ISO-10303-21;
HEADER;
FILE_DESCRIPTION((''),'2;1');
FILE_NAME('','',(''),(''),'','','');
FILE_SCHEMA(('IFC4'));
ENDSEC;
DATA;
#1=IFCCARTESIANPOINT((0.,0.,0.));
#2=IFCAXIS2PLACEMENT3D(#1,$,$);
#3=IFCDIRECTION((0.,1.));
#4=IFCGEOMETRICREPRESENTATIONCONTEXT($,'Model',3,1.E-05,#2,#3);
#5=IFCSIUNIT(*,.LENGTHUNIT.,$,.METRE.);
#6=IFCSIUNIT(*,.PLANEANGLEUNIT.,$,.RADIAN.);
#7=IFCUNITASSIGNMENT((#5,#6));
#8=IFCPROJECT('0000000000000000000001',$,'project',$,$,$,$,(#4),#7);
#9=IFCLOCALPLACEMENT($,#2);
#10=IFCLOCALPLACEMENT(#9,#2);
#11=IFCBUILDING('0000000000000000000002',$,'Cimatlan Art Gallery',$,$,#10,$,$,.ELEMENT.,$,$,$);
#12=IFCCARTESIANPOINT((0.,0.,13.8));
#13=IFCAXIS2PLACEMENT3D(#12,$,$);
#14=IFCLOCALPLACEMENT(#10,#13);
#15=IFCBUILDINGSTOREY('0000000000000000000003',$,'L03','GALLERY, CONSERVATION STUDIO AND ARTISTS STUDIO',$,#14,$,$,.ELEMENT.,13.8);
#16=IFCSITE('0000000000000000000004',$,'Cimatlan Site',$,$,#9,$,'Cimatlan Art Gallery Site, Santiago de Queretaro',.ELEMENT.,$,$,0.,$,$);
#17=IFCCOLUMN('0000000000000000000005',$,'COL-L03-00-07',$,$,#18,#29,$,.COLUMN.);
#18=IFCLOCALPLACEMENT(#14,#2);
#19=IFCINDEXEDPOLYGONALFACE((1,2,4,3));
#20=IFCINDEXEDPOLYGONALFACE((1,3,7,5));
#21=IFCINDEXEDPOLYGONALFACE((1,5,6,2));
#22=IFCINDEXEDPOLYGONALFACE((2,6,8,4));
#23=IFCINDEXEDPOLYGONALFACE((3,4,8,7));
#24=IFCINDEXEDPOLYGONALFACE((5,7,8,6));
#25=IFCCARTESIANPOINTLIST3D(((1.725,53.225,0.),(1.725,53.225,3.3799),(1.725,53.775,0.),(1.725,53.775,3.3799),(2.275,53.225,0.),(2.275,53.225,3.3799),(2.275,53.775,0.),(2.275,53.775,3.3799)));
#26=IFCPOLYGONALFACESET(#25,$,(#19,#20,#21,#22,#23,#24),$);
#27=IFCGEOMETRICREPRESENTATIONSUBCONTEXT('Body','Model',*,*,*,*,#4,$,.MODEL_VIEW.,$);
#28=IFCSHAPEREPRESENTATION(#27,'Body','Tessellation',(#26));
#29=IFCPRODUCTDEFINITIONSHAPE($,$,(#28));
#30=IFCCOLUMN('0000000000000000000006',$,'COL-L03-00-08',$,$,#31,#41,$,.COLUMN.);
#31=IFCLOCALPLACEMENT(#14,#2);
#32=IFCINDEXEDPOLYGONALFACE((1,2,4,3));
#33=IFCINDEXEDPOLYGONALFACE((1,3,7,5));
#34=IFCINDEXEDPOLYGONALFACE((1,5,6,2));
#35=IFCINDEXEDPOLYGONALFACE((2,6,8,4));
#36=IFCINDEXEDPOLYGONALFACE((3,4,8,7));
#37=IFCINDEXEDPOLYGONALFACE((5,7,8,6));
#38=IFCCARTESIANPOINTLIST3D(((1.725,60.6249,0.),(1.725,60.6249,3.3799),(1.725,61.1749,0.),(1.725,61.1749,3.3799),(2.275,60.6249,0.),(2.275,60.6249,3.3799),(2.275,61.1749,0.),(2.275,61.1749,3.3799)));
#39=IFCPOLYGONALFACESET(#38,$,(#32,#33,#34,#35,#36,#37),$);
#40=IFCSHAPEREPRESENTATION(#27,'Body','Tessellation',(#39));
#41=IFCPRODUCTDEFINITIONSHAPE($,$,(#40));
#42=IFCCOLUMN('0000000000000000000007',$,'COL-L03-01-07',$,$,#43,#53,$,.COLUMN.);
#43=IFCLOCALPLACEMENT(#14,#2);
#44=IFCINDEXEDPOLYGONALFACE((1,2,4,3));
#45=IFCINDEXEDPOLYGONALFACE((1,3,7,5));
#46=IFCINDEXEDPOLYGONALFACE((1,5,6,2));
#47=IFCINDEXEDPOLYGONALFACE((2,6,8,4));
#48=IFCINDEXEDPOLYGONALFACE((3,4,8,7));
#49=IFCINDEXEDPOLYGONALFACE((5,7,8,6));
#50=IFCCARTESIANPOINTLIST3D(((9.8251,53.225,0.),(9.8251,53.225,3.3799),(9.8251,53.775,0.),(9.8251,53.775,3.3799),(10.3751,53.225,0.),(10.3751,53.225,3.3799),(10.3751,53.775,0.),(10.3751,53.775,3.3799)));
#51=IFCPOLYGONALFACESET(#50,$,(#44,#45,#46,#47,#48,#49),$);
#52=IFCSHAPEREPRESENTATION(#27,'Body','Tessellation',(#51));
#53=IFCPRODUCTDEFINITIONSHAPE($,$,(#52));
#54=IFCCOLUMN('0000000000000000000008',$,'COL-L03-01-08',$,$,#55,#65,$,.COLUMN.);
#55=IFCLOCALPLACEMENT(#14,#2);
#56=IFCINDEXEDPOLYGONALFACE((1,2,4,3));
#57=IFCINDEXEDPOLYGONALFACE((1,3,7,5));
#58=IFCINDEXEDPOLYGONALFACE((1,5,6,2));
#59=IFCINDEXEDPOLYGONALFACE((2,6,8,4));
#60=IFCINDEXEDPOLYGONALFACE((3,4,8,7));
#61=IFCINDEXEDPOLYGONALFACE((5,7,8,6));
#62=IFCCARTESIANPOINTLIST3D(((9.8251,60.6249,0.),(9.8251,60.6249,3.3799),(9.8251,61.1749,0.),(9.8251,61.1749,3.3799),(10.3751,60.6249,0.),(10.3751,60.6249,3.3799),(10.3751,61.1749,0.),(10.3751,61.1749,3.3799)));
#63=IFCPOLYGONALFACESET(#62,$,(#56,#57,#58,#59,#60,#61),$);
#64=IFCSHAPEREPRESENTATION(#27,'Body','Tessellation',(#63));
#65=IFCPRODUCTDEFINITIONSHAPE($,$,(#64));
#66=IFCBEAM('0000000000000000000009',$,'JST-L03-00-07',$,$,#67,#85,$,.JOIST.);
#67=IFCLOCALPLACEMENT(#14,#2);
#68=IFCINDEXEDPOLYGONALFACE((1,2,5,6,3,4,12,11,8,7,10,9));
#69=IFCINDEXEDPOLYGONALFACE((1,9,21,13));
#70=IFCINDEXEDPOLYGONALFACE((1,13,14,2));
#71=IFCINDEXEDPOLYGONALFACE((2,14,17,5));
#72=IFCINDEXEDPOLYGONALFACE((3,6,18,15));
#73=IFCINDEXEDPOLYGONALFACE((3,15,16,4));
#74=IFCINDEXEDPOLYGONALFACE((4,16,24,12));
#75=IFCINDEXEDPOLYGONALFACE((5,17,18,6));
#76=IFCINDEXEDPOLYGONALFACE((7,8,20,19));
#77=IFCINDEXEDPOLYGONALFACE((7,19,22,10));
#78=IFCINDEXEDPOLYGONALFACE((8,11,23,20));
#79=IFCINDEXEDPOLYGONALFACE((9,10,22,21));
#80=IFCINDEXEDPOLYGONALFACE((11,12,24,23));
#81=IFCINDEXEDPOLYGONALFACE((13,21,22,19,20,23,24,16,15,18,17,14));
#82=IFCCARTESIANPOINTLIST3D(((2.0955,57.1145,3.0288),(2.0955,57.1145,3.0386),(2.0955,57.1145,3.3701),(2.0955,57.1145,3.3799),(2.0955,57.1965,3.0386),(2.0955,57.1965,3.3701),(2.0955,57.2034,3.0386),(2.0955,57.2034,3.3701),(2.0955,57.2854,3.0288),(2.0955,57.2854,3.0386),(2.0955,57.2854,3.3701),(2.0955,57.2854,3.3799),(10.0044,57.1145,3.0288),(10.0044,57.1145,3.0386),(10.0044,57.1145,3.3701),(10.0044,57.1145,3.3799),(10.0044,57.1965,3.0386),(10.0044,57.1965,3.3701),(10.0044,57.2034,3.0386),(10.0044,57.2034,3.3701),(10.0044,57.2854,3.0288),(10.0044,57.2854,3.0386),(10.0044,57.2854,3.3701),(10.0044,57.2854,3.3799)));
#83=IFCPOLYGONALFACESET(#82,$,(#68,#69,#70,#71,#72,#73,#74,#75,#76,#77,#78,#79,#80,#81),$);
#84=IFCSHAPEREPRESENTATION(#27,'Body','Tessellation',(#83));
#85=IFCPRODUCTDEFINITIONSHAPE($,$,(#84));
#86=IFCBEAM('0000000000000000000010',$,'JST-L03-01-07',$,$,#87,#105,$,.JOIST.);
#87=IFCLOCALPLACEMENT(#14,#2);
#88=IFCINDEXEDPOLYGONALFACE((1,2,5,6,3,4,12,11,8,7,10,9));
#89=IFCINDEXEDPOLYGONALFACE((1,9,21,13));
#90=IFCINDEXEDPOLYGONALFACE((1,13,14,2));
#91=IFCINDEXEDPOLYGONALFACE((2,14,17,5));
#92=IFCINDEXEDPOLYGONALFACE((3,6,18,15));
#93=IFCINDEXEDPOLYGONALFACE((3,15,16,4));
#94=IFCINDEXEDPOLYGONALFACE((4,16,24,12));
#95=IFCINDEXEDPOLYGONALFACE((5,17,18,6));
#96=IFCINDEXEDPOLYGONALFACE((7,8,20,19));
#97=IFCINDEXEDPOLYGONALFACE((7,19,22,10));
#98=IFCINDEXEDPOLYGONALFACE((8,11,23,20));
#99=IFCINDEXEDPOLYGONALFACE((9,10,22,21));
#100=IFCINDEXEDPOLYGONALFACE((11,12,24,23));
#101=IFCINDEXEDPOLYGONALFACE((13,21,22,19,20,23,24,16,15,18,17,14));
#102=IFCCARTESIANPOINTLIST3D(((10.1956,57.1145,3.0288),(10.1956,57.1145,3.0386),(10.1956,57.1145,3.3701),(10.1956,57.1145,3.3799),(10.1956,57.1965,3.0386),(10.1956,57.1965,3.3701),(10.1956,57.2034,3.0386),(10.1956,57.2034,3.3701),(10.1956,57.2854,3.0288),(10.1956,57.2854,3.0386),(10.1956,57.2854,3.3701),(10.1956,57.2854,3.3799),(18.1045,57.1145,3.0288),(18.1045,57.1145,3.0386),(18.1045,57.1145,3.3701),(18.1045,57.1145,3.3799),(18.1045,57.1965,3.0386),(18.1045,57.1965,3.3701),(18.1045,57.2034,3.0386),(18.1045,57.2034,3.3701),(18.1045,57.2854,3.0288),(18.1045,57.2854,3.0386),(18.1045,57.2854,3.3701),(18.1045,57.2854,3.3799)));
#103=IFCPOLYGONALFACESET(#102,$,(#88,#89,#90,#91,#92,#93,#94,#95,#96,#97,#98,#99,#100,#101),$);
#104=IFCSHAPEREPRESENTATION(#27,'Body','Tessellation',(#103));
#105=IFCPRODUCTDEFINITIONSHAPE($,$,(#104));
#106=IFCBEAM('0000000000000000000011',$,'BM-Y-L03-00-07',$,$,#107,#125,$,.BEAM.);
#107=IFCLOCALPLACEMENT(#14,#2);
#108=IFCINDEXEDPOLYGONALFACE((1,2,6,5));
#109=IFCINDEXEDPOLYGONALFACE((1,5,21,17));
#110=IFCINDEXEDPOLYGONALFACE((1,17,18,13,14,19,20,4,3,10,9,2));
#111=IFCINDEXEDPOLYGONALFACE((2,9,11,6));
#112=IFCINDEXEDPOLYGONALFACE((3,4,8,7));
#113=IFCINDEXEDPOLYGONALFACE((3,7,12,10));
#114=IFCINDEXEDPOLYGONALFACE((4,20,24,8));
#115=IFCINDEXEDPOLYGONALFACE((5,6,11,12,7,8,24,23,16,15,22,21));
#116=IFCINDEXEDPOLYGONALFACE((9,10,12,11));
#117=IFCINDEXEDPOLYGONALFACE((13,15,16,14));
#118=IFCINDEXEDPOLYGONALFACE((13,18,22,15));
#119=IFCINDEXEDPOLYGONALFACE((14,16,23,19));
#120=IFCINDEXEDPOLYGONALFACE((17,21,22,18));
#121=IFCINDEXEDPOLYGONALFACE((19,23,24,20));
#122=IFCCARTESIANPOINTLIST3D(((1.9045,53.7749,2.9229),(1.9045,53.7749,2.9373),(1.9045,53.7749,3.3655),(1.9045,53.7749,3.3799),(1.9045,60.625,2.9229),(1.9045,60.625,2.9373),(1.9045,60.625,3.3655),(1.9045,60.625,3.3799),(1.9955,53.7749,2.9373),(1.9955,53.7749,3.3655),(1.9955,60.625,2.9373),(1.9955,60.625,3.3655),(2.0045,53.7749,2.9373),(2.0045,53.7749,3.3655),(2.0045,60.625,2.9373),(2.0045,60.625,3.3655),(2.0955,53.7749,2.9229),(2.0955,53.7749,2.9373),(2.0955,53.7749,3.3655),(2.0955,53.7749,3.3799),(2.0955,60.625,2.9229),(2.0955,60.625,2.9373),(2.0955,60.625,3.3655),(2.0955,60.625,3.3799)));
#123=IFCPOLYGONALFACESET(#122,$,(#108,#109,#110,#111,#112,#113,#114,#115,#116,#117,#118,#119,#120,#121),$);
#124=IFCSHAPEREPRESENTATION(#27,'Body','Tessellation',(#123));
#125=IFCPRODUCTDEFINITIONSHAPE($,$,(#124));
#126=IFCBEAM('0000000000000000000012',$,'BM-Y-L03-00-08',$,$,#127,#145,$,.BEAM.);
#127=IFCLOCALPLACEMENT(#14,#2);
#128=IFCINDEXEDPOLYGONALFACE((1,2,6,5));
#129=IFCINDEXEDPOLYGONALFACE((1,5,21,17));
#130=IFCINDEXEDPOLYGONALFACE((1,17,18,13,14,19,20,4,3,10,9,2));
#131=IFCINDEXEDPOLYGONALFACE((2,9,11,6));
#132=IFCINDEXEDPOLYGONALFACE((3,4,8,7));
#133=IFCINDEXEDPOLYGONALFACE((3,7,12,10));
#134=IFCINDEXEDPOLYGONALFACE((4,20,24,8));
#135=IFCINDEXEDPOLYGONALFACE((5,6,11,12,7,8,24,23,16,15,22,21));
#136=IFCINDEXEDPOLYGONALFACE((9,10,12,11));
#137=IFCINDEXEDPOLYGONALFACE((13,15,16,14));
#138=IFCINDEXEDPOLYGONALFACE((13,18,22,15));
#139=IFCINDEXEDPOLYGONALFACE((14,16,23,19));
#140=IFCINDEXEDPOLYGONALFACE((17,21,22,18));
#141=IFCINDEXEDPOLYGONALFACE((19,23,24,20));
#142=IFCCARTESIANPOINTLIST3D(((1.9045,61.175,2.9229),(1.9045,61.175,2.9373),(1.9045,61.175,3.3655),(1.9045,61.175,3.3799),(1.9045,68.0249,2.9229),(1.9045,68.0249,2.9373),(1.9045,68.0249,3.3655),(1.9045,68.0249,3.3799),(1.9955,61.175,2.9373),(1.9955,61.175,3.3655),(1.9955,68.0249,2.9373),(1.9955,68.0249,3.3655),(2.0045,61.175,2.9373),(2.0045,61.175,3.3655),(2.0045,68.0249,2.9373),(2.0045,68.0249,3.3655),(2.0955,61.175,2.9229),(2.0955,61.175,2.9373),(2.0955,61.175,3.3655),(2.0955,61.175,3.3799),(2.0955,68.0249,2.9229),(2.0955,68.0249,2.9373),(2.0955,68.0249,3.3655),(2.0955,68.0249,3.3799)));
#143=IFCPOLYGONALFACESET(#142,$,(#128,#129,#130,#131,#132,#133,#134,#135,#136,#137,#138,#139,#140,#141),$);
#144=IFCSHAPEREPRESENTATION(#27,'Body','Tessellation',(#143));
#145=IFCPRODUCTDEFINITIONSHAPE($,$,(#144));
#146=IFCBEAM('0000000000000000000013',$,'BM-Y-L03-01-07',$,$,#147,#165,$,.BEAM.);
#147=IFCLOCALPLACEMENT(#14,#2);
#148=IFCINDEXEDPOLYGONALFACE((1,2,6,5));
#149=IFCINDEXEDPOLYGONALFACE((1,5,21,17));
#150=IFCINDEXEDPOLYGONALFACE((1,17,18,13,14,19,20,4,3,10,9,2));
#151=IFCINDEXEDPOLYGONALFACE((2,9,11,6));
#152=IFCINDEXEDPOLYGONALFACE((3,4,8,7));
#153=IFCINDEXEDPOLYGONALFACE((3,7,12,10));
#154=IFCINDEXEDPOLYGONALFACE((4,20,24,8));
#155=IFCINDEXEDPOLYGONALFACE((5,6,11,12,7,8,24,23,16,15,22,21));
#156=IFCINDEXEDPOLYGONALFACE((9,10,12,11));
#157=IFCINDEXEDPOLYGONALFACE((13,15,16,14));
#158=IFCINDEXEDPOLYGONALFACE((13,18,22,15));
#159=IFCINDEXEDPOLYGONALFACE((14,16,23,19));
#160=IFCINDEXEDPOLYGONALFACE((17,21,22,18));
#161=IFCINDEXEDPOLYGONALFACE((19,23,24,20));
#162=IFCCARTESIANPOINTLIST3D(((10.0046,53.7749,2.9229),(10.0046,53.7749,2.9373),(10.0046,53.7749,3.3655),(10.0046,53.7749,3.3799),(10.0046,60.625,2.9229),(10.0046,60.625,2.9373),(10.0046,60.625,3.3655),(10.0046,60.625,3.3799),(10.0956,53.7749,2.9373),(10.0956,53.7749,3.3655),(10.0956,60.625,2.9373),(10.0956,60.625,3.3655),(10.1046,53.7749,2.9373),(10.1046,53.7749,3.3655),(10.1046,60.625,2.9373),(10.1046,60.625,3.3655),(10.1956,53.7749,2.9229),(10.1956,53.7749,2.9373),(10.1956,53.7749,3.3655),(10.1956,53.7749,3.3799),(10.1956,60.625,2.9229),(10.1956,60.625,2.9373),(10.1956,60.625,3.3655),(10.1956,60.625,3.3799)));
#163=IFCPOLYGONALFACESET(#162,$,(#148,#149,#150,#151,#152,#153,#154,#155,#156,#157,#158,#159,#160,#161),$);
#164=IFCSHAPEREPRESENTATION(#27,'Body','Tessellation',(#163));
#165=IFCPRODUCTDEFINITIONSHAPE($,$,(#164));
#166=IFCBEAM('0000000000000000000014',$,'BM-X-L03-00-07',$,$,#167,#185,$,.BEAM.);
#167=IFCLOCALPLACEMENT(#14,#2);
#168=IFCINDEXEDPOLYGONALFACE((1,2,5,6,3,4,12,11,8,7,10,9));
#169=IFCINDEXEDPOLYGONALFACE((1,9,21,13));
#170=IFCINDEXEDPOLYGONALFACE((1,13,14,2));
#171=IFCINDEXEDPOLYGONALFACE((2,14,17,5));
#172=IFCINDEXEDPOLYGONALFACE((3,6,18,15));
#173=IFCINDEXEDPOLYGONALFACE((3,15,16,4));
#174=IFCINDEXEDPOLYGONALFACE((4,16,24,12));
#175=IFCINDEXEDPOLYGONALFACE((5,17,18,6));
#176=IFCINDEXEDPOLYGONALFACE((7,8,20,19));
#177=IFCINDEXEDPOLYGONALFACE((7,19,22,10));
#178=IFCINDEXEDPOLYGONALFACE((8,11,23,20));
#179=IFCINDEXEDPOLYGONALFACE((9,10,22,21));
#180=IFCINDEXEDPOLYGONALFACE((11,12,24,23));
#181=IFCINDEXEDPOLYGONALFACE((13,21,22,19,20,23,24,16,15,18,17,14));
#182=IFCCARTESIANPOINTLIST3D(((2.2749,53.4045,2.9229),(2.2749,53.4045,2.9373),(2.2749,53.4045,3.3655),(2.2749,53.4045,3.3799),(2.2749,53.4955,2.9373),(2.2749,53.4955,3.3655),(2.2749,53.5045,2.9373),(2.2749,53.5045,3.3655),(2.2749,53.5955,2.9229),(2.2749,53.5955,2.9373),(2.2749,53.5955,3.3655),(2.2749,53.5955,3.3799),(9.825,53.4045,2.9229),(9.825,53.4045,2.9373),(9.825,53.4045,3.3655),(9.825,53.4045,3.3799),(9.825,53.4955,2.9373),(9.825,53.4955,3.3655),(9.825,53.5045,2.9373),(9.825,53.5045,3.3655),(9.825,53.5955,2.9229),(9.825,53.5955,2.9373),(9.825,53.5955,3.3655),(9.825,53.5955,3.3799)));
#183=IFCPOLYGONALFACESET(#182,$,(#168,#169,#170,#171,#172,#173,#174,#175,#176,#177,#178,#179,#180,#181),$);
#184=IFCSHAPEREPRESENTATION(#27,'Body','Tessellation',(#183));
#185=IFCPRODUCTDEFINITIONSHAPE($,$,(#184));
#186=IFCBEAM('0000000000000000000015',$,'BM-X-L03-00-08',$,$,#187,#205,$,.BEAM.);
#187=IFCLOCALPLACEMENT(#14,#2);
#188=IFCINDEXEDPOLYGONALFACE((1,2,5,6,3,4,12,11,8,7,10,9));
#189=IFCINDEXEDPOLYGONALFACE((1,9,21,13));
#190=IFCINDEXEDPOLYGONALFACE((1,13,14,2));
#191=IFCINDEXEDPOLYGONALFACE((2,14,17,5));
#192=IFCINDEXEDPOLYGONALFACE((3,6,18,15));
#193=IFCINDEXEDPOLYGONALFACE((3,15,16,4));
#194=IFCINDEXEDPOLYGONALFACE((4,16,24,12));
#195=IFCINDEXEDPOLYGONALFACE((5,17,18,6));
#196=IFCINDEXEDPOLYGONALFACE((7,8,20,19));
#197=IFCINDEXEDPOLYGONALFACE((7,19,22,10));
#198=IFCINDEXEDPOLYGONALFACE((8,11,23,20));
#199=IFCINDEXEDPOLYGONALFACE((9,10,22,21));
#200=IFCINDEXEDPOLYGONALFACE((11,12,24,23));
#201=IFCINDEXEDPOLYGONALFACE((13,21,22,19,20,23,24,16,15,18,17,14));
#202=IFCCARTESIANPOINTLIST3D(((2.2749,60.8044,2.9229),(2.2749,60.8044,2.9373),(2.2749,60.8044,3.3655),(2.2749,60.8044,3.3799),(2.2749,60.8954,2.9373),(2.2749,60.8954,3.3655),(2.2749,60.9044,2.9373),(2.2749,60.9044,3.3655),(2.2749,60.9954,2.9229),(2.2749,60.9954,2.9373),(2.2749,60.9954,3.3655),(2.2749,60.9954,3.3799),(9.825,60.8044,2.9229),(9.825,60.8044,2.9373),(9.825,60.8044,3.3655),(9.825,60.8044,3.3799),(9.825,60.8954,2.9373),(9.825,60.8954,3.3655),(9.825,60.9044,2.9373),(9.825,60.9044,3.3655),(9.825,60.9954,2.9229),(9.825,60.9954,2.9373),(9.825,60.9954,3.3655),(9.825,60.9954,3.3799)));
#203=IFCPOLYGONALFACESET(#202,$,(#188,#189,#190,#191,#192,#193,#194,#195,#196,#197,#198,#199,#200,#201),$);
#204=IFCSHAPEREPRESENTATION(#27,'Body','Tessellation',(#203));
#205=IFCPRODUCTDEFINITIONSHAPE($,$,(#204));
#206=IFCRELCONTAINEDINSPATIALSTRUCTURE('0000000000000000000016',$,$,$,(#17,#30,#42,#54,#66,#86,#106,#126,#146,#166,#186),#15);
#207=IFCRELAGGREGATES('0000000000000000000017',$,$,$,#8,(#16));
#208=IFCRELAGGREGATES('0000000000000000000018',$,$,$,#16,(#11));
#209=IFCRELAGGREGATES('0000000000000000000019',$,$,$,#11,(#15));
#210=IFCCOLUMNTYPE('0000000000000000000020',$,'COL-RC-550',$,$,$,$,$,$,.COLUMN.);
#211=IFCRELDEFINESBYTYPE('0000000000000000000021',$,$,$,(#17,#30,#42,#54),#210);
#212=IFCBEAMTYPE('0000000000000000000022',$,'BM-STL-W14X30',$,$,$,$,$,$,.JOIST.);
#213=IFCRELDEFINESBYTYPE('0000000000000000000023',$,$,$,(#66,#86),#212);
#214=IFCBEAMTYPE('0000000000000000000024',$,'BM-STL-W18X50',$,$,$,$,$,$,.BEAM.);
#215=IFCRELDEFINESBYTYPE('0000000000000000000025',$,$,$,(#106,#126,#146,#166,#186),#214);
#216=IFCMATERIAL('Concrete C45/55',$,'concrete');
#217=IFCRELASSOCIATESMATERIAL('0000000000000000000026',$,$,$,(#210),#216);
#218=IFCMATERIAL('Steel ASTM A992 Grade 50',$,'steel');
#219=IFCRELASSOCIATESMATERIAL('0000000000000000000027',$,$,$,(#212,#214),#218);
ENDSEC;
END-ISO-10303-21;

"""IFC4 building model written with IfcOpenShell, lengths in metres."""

from ifc_helpers import new_model, si_unit, direction, frame, origin, origin_2d, place, context, subcontext, project, spatial, rectangle, i_section, extrude, material, material_profile, profile_set, type_object, element, save


model = new_model("IFC4")

# Units and contexts
model_context = context("Model", 3, precision=1e-05, world=origin(), true_north=direction((0.0, 1.0)))
body_context = subcontext(model_context, "Body", "Model", "MODEL_VIEW")
ifc_project = project(units=[si_unit("LENGTHUNIT", "METRE"), si_unit("PLANEANGLEUNIT", "RADIAN")], contexts=[model_context])

# Site, building, storey
site_placement = place(None, origin())
site = spatial("IfcSite", under=ifc_project, at=site_placement, Name="Cimatlan Site", LongName="Cimatlan Art Gallery Site, Santiago de Queretaro", CompositionType="ELEMENT", RefElevation=0.0)
building_placement = place(site_placement, origin())
building = spatial("IfcBuilding", under=site, at=building_placement, Name="Cimatlan Art Gallery", CompositionType="ELEMENT")
storey_placement = place(building_placement, frame((0.0, 0.0, 13.8)))
storey = spatial("IfcBuildingStorey", under=building, at=storey_placement, Name="L03", Description="GALLERY, CONSERVATION STUDIO AND ARTISTS STUDIO", CompositionType="ELEMENT", Elevation=13.8)

# Columns
ifc_material_1 = material(Name="Concrete C45/55", Category="concrete")
ifc_material_profile_1 = material_profile(ifc_material_1, rectangle(XDim=0.55, YDim=0.55, at=origin_2d()), Name="RC550X550")
ifc_profile_set_1 = profile_set([ifc_material_profile_1], Name="Concrete C45/55")
column_type = type_object("IfcColumnType", Name="COL-RC-550", PredefinedType="COLUMN", material=ifc_profile_set_1)
for number, where, z_axis, x_axis, name in (
    (1, (2.0, 53.5, 0.0), (0.0, 0.0, 1.0), (1.0, 0.0, 0.0), "COL-L03-00-07"),
    (2, (2.0, 60.8999, 0.0), (0.0, 0.0, 1.0), (1.0, 0.0, 0.0), "COL-L03-00-08"),
    (3, (10.1001, 53.5, 0.0), (0.0, 0.0, 1.0), (1.0, 0.0, 0.0), "COL-L03-01-07"),
    (4, (10.1001, 60.8999, 0.0), (0.0, 0.0, 1.0), (1.0, 0.0, 0.0), "COL-L03-01-08"),
):
    element("IfcColumn", number, at=place(storey_placement, frame(where, z_axis=z_axis, x_axis=x_axis)), inside=storey, type_object=column_type, Name=name, PredefinedType="COLUMN", context=body_context, shape_type="SweptSolid", body=[
        extrude(rectangle(XDim=0.55, YDim=0.55, at=origin_2d()), origin(), (0.0, 0.0, 1.0), 3.3799),
    ])

# Beams
ifc_material_2 = material(Name="Steel ASTM A992 Grade 50", Category="steel")
ifc_material_profile_2 = material_profile(ifc_material_2, i_section(OverallWidth=0.1709, OverallDepth=0.3511, WebThickness=0.0068, FlangeThickness=0.0098, at=origin_2d()), Name="W14X30")
ifc_profile_set_2 = profile_set([ifc_material_profile_2], Name="Steel ASTM A992 Grade 50")
beam_type_1 = type_object("IfcBeamType", Name="BM-STL-W14X30", PredefinedType="JOIST", material=ifc_profile_set_2)
for number, where, z_axis, x_axis, name in (
    (5, (2.0955, 57.2, 3.2043), (1.0, 0.0, 0.0), (0.0, 1.0, 0.0), "JST-L03-00-07"),
    (6, (10.1956, 57.2, 3.2043), (1.0, 0.0, 0.0), (0.0, 1.0, 0.0), "JST-L03-01-07"),
):
    element("IfcBeam", number, at=place(storey_placement, frame(where, z_axis=z_axis, x_axis=x_axis)), inside=storey, type_object=beam_type_1, Name=name, PredefinedType="JOIST", context=body_context, shape_type="SweptSolid", body=[
        extrude(i_section(OverallWidth=0.1709, OverallDepth=0.3511, WebThickness=0.0068, FlangeThickness=0.0098, at=origin_2d()), origin(), (0.0, 0.0, 1.0), 7.9089),
    ])
ifc_material_profile_3 = material_profile(ifc_material_2, i_section(OverallWidth=0.1909, OverallDepth=0.457, WebThickness=0.009, FlangeThickness=0.0144, at=origin_2d()), Name="W18X50")
ifc_profile_set_3 = profile_set([ifc_material_profile_3], Name="Steel ASTM A992 Grade 50")
beam_type_2 = type_object("IfcBeamType", Name="BM-STL-W18X50", PredefinedType="BEAM", material=ifc_profile_set_3)
beam_1_placement = place(storey_placement, frame((2.0, 53.7749, 3.1514), z_axis=(0.0, 1.0, 0.0), x_axis=(-1.0, 0.0, 0.0)))
element("IfcBeam", 7, at=beam_1_placement, inside=storey, type_object=beam_type_2, Name="BM-Y-L03-00-07", PredefinedType="BEAM", context=body_context, shape_type="SweptSolid", body=[
    extrude(i_section(OverallWidth=0.1909, OverallDepth=0.457, WebThickness=0.009, FlangeThickness=0.0144, at=origin_2d()), origin(), (0.0, 0.0, 1.0), 6.8501),
])
beam_2_placement = place(storey_placement, frame((2.0, 61.175, 3.1514), z_axis=(0.0, 1.0, 0.0), x_axis=(-1.0, 0.0, 0.0)))
element("IfcBeam", 8, at=beam_2_placement, inside=storey, type_object=beam_type_2, Name="BM-Y-L03-00-08", PredefinedType="BEAM", context=body_context, shape_type="SweptSolid", body=[
    extrude(i_section(OverallWidth=0.1909, OverallDepth=0.457, WebThickness=0.009, FlangeThickness=0.0144, at=origin_2d()), origin(), (0.0, 0.0, 1.0), 6.8499),
])
beam_3_placement = place(storey_placement, frame((10.1001, 53.7749, 3.1514), z_axis=(0.0, 1.0, 0.0), x_axis=(-1.0, 0.0, 0.0)))
element("IfcBeam", 9, at=beam_3_placement, inside=storey, type_object=beam_type_2, Name="BM-Y-L03-01-07", PredefinedType="BEAM", context=body_context, shape_type="SweptSolid", body=[
    extrude(i_section(OverallWidth=0.1909, OverallDepth=0.457, WebThickness=0.009, FlangeThickness=0.0144, at=origin_2d()), origin(), (0.0, 0.0, 1.0), 6.8501),
])
for number, where, z_axis, x_axis, name in (
    (10, (2.2749, 53.5, 3.1514), (1.0, 0.0, 0.0), (0.0, 1.0, 0.0), "BM-X-L03-00-07"),
    (11, (2.2749, 60.8999, 3.1514), (1.0, 0.0, 0.0), (0.0, 1.0, 0.0), "BM-X-L03-00-08"),
):
    element("IfcBeam", number, at=place(storey_placement, frame(where, z_axis=z_axis, x_axis=x_axis)), inside=storey, type_object=beam_type_2, Name=name, PredefinedType="BEAM", context=body_context, shape_type="SweptSolid", body=[
        extrude(i_section(OverallWidth=0.1909, OverallDepth=0.457, WebThickness=0.009, FlangeThickness=0.0144, at=origin_2d()), origin(), (0.0, 0.0, 1.0), 7.55),
    ])

save(model, "model.ifc")
